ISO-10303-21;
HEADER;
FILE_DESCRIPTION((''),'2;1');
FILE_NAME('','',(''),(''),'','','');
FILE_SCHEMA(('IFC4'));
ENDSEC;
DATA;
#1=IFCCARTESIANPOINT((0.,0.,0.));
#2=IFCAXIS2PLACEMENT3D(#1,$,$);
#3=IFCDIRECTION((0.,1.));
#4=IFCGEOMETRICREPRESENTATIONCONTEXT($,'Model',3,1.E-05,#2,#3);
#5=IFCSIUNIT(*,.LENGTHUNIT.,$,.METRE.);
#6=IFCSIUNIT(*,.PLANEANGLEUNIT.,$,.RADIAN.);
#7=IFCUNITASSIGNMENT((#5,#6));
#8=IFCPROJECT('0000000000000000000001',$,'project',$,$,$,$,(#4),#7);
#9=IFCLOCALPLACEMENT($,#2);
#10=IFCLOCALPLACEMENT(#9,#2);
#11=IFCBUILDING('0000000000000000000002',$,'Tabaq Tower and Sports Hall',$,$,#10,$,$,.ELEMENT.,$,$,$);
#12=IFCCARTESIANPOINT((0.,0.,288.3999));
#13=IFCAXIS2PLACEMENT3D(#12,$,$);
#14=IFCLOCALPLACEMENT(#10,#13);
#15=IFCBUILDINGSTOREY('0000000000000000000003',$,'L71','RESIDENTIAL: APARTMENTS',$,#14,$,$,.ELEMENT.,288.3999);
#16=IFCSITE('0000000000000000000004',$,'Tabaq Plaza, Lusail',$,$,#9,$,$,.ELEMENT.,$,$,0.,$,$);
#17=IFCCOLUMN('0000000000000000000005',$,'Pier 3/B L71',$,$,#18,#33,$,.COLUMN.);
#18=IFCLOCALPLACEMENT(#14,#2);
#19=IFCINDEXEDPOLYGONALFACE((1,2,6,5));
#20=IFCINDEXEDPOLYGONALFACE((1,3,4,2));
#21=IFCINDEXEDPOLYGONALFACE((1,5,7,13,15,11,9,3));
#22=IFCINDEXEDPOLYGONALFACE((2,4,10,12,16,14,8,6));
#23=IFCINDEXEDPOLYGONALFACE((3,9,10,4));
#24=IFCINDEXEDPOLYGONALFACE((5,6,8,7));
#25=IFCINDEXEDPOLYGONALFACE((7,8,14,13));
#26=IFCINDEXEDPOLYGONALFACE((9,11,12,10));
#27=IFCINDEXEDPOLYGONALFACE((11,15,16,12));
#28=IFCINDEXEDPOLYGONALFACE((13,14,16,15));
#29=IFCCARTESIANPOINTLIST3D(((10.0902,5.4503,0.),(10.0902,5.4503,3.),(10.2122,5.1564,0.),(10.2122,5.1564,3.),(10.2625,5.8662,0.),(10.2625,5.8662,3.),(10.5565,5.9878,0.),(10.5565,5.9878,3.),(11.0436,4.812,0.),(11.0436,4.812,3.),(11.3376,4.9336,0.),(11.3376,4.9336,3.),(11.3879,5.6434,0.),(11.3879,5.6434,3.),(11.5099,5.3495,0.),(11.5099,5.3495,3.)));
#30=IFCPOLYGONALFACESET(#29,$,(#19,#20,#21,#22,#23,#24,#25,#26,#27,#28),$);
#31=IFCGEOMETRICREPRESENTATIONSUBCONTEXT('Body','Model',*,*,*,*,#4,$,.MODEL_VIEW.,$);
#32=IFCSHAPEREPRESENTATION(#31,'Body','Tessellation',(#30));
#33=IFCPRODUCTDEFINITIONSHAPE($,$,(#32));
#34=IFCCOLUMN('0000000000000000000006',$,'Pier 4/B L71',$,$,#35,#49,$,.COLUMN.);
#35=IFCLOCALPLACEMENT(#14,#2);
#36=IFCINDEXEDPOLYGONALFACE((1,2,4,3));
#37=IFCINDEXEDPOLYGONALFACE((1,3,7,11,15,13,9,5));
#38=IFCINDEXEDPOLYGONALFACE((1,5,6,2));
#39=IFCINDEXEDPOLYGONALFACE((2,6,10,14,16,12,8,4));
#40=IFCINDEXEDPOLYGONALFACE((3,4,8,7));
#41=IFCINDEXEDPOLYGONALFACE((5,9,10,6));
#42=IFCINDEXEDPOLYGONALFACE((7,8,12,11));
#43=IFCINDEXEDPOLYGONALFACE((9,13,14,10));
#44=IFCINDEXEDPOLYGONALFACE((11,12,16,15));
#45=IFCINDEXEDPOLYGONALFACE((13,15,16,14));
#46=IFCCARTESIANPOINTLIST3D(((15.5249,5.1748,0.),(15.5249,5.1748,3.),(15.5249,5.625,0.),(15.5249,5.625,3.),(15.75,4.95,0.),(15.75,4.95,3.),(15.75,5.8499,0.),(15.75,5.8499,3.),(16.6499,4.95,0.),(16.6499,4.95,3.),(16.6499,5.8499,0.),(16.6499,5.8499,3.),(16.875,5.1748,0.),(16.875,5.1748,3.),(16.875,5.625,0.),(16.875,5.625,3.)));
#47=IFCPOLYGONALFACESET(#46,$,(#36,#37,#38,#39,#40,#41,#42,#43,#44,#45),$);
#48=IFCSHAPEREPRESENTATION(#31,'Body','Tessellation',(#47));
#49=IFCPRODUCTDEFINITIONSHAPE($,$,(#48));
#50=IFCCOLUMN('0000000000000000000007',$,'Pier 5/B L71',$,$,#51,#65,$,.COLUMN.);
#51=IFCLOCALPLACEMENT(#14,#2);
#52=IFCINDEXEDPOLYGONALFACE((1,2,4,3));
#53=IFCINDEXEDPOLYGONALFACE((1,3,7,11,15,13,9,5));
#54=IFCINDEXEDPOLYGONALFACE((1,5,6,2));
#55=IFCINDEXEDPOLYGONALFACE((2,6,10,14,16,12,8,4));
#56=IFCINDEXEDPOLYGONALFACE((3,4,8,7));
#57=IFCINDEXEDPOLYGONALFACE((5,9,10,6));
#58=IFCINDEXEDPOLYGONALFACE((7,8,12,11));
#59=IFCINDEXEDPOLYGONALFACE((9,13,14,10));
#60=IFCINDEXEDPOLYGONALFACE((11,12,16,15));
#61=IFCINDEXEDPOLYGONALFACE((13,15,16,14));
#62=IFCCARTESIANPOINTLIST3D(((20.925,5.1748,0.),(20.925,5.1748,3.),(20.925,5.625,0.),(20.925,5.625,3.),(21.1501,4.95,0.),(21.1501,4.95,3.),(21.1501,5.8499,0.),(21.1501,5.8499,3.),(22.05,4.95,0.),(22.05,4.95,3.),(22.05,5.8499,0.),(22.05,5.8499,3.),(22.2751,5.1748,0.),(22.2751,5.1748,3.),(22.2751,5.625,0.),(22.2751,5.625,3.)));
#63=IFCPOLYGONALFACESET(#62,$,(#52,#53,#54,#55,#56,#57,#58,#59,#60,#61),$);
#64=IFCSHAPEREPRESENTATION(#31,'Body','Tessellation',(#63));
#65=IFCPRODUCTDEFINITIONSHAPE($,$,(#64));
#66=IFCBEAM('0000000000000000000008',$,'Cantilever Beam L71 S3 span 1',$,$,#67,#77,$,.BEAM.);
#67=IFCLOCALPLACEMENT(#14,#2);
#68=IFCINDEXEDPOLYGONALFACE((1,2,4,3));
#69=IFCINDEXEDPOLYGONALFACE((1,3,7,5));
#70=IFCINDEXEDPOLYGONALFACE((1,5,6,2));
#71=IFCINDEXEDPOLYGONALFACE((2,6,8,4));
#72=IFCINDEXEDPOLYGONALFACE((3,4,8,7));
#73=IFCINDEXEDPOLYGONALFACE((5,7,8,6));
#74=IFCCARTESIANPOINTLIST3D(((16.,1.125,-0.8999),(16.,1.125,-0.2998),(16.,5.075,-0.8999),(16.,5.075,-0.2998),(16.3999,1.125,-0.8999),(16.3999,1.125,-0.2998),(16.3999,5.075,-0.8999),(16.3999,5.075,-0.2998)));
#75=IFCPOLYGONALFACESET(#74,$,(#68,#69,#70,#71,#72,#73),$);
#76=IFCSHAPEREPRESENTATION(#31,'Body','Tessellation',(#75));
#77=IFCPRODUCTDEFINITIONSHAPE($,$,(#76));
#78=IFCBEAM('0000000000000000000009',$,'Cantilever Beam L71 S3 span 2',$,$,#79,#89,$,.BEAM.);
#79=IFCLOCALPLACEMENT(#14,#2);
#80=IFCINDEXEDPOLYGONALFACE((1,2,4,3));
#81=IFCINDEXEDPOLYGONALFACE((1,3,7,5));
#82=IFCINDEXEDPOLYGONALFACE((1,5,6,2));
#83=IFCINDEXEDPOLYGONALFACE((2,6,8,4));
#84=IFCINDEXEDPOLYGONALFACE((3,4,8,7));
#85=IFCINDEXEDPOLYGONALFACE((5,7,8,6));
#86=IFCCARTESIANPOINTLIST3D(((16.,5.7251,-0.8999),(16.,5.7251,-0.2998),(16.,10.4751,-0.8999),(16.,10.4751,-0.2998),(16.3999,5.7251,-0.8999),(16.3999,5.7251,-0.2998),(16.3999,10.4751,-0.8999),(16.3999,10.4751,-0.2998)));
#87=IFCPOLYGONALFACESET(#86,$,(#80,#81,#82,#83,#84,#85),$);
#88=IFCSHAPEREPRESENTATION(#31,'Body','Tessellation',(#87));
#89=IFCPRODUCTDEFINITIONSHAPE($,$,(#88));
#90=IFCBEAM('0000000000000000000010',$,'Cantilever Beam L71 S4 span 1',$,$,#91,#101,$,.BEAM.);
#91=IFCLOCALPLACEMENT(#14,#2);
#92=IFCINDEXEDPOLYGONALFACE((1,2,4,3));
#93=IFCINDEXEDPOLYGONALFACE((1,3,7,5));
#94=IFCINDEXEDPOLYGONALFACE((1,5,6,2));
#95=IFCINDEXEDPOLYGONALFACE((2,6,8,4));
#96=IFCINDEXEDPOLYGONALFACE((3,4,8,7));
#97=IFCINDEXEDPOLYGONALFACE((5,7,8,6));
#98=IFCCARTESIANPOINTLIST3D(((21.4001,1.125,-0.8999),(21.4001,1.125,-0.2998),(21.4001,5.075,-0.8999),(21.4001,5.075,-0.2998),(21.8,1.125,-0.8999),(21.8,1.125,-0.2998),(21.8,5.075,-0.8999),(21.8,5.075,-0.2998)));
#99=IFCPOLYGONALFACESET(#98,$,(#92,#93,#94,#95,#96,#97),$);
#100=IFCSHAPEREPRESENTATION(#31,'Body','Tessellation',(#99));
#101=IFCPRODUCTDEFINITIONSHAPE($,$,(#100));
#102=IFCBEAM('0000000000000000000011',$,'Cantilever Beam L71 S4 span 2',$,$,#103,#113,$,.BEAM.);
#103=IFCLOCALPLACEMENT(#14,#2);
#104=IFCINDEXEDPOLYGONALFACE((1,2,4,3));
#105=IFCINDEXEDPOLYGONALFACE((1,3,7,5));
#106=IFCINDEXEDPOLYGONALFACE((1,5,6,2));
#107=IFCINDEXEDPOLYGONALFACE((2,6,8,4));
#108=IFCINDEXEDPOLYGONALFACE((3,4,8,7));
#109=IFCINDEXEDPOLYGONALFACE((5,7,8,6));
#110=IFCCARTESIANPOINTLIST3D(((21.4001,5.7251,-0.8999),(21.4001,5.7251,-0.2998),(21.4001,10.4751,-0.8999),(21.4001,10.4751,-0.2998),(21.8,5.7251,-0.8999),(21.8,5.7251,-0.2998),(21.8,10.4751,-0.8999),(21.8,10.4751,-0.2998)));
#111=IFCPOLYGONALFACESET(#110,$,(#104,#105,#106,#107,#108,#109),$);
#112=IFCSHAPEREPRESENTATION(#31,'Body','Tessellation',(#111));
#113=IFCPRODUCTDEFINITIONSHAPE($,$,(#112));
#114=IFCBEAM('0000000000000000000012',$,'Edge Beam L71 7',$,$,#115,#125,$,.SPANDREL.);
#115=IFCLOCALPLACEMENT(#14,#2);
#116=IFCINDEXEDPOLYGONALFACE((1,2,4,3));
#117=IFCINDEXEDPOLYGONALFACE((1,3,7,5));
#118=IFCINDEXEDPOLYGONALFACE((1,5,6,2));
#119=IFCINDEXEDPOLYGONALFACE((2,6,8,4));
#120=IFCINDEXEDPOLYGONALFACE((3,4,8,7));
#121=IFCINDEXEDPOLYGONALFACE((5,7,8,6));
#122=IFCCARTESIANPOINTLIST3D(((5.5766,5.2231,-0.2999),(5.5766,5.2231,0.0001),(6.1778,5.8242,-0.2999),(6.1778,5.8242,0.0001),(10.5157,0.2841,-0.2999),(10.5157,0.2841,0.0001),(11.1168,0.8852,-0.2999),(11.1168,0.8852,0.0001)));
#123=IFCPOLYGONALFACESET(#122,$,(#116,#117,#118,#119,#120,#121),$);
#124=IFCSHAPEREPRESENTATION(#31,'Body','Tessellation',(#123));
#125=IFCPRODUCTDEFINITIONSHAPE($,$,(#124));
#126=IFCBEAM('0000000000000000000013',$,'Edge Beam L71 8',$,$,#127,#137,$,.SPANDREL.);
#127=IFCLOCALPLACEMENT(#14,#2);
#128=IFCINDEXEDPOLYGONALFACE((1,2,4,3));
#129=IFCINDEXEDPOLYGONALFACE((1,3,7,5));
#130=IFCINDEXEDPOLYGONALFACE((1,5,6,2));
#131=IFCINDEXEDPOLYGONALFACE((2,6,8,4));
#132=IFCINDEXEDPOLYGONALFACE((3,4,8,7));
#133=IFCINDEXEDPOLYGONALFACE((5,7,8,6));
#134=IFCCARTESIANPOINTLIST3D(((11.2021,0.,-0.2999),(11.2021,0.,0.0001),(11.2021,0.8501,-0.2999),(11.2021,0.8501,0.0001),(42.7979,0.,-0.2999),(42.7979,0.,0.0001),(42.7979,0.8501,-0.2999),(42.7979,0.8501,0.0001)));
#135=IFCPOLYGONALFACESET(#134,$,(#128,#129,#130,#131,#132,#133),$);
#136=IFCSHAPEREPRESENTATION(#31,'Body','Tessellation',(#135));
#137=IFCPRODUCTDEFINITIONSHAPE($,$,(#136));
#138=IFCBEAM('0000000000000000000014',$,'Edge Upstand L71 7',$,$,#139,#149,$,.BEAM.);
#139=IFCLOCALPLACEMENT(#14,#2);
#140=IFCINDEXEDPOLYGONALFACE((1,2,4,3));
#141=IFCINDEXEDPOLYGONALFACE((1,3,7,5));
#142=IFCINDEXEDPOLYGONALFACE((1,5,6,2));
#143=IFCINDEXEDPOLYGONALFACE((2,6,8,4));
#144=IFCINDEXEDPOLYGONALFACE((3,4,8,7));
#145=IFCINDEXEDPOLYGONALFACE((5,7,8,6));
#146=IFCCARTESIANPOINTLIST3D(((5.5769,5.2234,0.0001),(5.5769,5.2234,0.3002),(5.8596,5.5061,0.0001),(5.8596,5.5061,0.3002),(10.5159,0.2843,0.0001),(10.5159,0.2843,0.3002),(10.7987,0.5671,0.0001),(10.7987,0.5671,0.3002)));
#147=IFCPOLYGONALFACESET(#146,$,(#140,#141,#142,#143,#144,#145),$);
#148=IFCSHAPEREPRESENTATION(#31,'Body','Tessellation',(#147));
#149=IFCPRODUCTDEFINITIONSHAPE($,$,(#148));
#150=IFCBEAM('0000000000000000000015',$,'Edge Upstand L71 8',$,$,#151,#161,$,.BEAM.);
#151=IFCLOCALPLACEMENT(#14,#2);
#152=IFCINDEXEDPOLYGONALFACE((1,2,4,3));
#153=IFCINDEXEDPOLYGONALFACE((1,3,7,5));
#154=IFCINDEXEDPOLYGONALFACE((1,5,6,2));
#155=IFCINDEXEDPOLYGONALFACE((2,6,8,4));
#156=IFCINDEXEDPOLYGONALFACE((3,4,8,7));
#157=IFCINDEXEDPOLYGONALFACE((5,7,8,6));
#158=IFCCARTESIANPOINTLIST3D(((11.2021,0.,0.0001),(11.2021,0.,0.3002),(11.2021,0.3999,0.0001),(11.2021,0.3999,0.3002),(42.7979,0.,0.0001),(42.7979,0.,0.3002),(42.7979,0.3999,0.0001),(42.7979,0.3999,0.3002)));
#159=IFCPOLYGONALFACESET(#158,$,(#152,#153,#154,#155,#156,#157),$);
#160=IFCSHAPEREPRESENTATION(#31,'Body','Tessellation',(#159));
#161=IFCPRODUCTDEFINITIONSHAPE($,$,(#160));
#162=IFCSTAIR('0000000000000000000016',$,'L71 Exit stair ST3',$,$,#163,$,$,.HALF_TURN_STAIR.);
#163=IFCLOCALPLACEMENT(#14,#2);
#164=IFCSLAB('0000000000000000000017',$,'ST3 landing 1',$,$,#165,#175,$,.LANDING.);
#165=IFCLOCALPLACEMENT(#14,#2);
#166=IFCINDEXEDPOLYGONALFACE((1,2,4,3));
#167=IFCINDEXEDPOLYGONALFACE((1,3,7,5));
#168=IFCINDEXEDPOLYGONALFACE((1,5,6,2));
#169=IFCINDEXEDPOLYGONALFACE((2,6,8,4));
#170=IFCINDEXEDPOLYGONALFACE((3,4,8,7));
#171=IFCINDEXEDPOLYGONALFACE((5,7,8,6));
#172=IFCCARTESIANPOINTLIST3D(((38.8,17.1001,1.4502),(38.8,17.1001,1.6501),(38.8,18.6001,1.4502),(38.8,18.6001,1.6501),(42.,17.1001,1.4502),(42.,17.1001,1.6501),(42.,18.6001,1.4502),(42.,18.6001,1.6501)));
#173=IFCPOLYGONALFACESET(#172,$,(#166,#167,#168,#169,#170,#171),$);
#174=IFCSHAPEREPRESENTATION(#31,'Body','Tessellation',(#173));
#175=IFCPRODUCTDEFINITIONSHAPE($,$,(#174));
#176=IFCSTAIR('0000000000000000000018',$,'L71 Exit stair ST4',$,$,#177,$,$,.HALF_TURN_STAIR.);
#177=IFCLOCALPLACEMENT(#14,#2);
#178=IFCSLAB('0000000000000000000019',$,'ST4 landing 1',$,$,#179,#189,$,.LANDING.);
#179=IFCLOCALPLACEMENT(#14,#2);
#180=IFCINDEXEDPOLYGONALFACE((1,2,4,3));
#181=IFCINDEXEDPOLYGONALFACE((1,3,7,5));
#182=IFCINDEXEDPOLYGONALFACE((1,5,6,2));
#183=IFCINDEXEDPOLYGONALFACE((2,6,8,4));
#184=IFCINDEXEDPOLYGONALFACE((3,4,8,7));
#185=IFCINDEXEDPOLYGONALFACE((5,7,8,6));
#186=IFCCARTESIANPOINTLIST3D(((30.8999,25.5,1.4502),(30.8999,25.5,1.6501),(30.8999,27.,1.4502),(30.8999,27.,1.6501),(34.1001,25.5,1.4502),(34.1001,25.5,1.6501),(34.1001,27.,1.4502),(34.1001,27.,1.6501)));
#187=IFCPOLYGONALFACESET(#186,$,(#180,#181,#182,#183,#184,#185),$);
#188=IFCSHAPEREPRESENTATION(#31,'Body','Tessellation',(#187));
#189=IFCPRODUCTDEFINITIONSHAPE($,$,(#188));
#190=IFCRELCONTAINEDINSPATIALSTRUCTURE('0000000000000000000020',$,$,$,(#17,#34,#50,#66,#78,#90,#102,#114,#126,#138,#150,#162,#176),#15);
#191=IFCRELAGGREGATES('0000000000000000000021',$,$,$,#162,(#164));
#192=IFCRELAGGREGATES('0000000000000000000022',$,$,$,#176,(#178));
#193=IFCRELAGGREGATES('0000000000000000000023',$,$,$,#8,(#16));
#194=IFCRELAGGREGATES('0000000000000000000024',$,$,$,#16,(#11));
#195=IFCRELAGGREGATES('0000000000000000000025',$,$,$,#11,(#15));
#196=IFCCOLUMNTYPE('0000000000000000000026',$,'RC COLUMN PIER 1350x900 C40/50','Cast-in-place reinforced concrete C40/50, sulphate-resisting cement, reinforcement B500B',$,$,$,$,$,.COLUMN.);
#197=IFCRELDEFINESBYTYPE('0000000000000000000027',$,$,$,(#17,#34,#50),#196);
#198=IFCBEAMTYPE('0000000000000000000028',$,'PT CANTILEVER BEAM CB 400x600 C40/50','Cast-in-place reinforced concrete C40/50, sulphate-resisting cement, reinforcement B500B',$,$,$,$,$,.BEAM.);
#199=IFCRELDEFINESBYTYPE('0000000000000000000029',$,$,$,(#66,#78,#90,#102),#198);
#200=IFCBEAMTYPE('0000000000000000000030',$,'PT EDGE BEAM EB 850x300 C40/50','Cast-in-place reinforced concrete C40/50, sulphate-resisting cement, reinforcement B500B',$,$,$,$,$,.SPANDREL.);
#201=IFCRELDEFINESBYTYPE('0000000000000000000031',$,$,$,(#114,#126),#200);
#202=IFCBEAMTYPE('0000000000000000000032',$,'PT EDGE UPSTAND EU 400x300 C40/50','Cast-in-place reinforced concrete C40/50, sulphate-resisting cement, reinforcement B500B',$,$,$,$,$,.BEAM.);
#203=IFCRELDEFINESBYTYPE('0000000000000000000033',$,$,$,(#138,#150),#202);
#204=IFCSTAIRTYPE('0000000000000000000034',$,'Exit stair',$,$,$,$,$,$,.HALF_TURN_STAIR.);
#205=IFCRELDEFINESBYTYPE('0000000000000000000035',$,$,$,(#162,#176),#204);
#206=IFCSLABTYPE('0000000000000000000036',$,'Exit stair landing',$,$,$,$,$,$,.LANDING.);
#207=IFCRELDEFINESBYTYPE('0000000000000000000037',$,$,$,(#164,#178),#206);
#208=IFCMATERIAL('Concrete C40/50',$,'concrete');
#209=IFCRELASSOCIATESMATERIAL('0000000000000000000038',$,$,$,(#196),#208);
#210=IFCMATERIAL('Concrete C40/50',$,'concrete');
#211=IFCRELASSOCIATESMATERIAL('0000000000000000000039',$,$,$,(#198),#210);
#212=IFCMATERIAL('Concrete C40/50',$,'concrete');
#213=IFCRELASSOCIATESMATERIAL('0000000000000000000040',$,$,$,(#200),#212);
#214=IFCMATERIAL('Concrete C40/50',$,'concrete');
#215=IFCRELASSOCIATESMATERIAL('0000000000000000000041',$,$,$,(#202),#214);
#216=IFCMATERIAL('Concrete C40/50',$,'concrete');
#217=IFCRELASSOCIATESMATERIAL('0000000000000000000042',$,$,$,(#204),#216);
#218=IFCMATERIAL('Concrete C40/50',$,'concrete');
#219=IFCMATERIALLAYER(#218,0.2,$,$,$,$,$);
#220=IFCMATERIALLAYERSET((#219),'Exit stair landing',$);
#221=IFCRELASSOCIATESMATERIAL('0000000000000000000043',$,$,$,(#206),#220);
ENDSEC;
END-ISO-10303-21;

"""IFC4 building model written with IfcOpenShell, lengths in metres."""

from ifc_helpers import new_model, si_unit, direction, frame, origin, origin_2d, place, context, subcontext, project, spatial, polyline, rectangle, outline, extrude, material, layer, layer_set, material_profile, profile_set, type_object, element, aggregate, save


model = new_model("IFC4")

# Units and contexts
model_context = context("Model", 3, precision=1e-05, world=origin(), true_north=direction((0.0, 1.0)))
body_context = subcontext(model_context, "Body", "Model", "MODEL_VIEW")
ifc_project = project(units=[si_unit("LENGTHUNIT", "METRE"), si_unit("PLANEANGLEUNIT", "RADIAN")], contexts=[model_context])

# Site, building, storey
site_placement = place(None, origin())
site = spatial("IfcSite", under=ifc_project, at=site_placement, Name="Tabaq Plaza, Lusail", CompositionType="ELEMENT", RefElevation=0.0)
building_placement = place(site_placement, origin())
building = spatial("IfcBuilding", under=site, at=building_placement, Name="Tabaq Tower and Sports Hall", CompositionType="ELEMENT")
storey_placement = place(building_placement, frame((0.0, 0.0, 288.3999)))
storey = spatial("IfcBuildingStorey", under=building, at=storey_placement, Name="L71", Description="RESIDENTIAL: APARTMENTS", CompositionType="ELEMENT", Elevation=288.3999)

# Columns
ifc_material_1 = material(Name="Concrete C40/50", Category="concrete")
ifc_material_profile_1 = material_profile(ifc_material_1, outline(polyline([(-0.45, -0.45), (0.45, -0.45), (0.675, -0.2251), (0.675, 0.2251), (0.45, 0.45), (-0.45, 0.45), (-0.675, 0.2251), (-0.675, -0.2251), (-0.45, -0.45)])), Name="PIER 1350x900")
ifc_profile_set_1 = profile_set([ifc_material_profile_1], Name="Concrete C40/50")
column_type = type_object("IfcColumnType", Name="RC COLUMN PIER 1350x900 C40/50", Description="Cast-in-place reinforced concrete C40/50, sulphate-resisting cement, reinforcement B500B", PredefinedType="COLUMN", material=ifc_profile_set_1)
for number, where, z_axis, x_axis, name in (
    (1, (10.8, 5.3999, 0.0), (0.0, 0.0, 1.0), (-0.92388, 0.382683, 0.0), "Pier 3/B L71"),
    (2, (16.2, 5.3999, 0.0), (0.0, 0.0, 1.0), (1.0, 0.0, 0.0), "Pier 4/B L71"),
    (3, (21.6001, 5.3999, 0.0), (0.0, 0.0, 1.0), (1.0, 0.0, 0.0), "Pier 5/B L71"),
):
    element("IfcColumn", number, at=place(storey_placement, frame(where, z_axis=z_axis, x_axis=x_axis)), inside=storey, type_object=column_type, Name=name, PredefinedType="COLUMN", context=body_context, shape_type="SweptSolid", body=[
        extrude(outline(polyline([(-0.45, -0.45), (0.45, -0.45), (0.675, -0.2251), (0.675, 0.2251), (0.45, 0.45), (-0.45, 0.45), (-0.675, 0.2251), (-0.675, -0.2251), (-0.45, -0.45)])), origin(), (0.0, 0.0, 1.0), 3.0),
    ])

# Beams
ifc_material_2 = material(Name="Concrete C40/50", Category="concrete")
ifc_material_profile_2 = material_profile(ifc_material_2, rectangle(XDim=0.3999, YDim=0.6001, at=origin_2d()), Name="CB 400x600")
ifc_profile_set_2 = profile_set([ifc_material_profile_2], Name="Concrete C40/50")
beam_type_1 = type_object("IfcBeamType", Name="PT CANTILEVER BEAM CB 400x600 C40/50", Description="Cast-in-place reinforced concrete C40/50, sulphate-resisting cement, reinforcement B500B", PredefinedType="BEAM", material=ifc_profile_set_2)
beam_1_placement = place(storey_placement, frame((16.2, 1.125, -0.5999), z_axis=(0.0, 1.0, 0.0), x_axis=(-1.0, 0.0, 0.0)))
element("IfcBeam", 4, at=beam_1_placement, inside=storey, type_object=beam_type_1, Name="Cantilever Beam L71 S3 span 1", PredefinedType="BEAM", context=body_context, shape_type="SweptSolid", body=[
    extrude(rectangle(XDim=0.3999, YDim=0.6001, at=origin_2d()), origin(), (0.0, 0.0, 1.0), 3.95),
])
beam_2_placement = place(storey_placement, frame((16.2, 5.7251, -0.5999), z_axis=(0.0, 1.0, 0.0), x_axis=(-1.0, 0.0, 0.0)))
element("IfcBeam", 5, at=beam_2_placement, inside=storey, type_object=beam_type_1, Name="Cantilever Beam L71 S3 span 2", PredefinedType="BEAM", context=body_context, shape_type="SweptSolid", body=[
    extrude(rectangle(XDim=0.3999, YDim=0.6001, at=origin_2d()), origin(), (0.0, 0.0, 1.0), 4.75),
])
beam_3_placement = place(storey_placement, frame((21.6001, 1.125, -0.5999), z_axis=(0.0, 1.0, 0.0), x_axis=(-1.0, 0.0, 0.0)))
element("IfcBeam", 6, at=beam_3_placement, inside=storey, type_object=beam_type_1, Name="Cantilever Beam L71 S4 span 1", PredefinedType="BEAM", context=body_context, shape_type="SweptSolid", body=[
    extrude(rectangle(XDim=0.3999, YDim=0.6001, at=origin_2d()), origin(), (0.0, 0.0, 1.0), 3.95),
])
beam_4_placement = place(storey_placement, frame((21.6001, 5.7251, -0.5999), z_axis=(0.0, 1.0, 0.0), x_axis=(-1.0, 0.0, 0.0)))
element("IfcBeam", 7, at=beam_4_placement, inside=storey, type_object=beam_type_1, Name="Cantilever Beam L71 S4 span 2", PredefinedType="BEAM", context=body_context, shape_type="SweptSolid", body=[
    extrude(rectangle(XDim=0.3999, YDim=0.6001, at=origin_2d()), origin(), (0.0, 0.0, 1.0), 4.75),
])
ifc_material_3 = material(Name="Concrete C40/50", Category="concrete")
ifc_material_profile_3 = material_profile(ifc_material_3, rectangle(XDim=0.8501, YDim=0.3, at=origin_2d()), Name="EB 850x300")
ifc_profile_set_3 = profile_set([ifc_material_profile_3], Name="Concrete C40/50")
beam_type_2 = type_object("IfcBeamType", Name="PT EDGE BEAM EB 850x300 C40/50", Description="Cast-in-place reinforced concrete C40/50, sulphate-resisting cement, reinforcement B500B", PredefinedType="SPANDREL", material=ifc_profile_set_3)
beam_5_placement = place(storey_placement, frame((5.8772, 5.5237, -0.1499), z_axis=(0.707107, -0.707107, 0.0), x_axis=(0.707107, 0.707107, 0.0)))
element("IfcBeam", 8, at=beam_5_placement, inside=storey, type_object=beam_type_2, Name="Edge Beam L71 7", PredefinedType="SPANDREL", context=body_context, shape_type="SweptSolid", body=[
    extrude(rectangle(XDim=0.8501, YDim=0.3, at=origin_2d()), origin(), (0.0, 0.0, 1.0), 6.9849),
])
beam_6_placement = place(storey_placement, frame((11.2021, 0.425, -0.1499), z_axis=(1.0, 0.0, 0.0), x_axis=(0.0, 1.0, 0.0)))
element("IfcBeam", 9, at=beam_6_placement, inside=storey, type_object=beam_type_2, Name="Edge Beam L71 8", PredefinedType="SPANDREL", context=body_context, shape_type="SweptSolid", body=[
    extrude(rectangle(XDim=0.8501, YDim=0.3, at=origin_2d()), origin(), (0.0, 0.0, 1.0), 31.5957),
])
ifc_material_4 = material(Name="Concrete C40/50", Category="concrete")
ifc_material_profile_4 = material_profile(ifc_material_4, rectangle(XDim=0.3999, YDim=0.3, at=origin_2d()), Name="EU 400x300")
ifc_profile_set_4 = profile_set([ifc_material_profile_4], Name="Concrete C40/50")
beam_type_3 = type_object("IfcBeamType", Name="PT EDGE UPSTAND EU 400x300 C40/50", Description="Cast-in-place reinforced concrete C40/50, sulphate-resisting cement, reinforcement B500B", PredefinedType="BEAM", material=ifc_profile_set_4)
beam_7_placement = place(storey_placement, frame((5.7183, 5.3647, 0.1501), z_axis=(0.707107, -0.707107, 0.0), x_axis=(0.707107, 0.707107, 0.0)))
element("IfcBeam", 10, at=beam_7_placement, inside=storey, type_object=beam_type_3, Name="Edge Upstand L71 7", PredefinedType="BEAM", context=body_context, shape_type="SweptSolid", body=[
    extrude(rectangle(XDim=0.3999, YDim=0.3, at=origin_2d()), origin(), (0.0, 0.0, 1.0), 6.9849),
])
beam_8_placement = place(storey_placement, frame((11.2021, 0.2, 0.1501), z_axis=(1.0, 0.0, 0.0), x_axis=(0.0, 1.0, 0.0)))
element("IfcBeam", 11, at=beam_8_placement, inside=storey, type_object=beam_type_3, Name="Edge Upstand L71 8", PredefinedType="BEAM", context=body_context, shape_type="SweptSolid", body=[
    extrude(rectangle(XDim=0.3999, YDim=0.3, at=origin_2d()), origin(), (0.0, 0.0, 1.0), 31.5957),
])

# Stairs, slabs
ifc_material_5 = material(Name="Concrete C40/50", Category="concrete")
stair_type = type_object("IfcStairType", Name="Exit stair", PredefinedType="HALF_TURN_STAIR", material=ifc_material_5)
stair_1_placement = place(storey_placement, origin())
stair_1 = element("IfcStair", 12, at=stair_1_placement, inside=storey, type_object=stair_type, Name="L71 Exit stair ST3", PredefinedType="HALF_TURN_STAIR")
ifc_material_6 = material(Name="Concrete C40/50", Category="concrete")
ifc_layer_1 = layer(ifc_material_6, 0.2)
ifc_layer_set_1 = layer_set([ifc_layer_1], Name="Exit stair landing")
slab_type = type_object("IfcSlabType", Name="Exit stair landing", PredefinedType="LANDING", material=ifc_layer_set_1)
slab_1_placement = place(storey_placement, frame((0.0, 0.0, 1.4502)))
slab_1 = element("IfcSlab", 13, at=slab_1_placement, type_object=slab_type, Name="ST3 landing 1", PredefinedType="LANDING", context=body_context, shape_type="SweptSolid", body=[
    extrude(outline(polyline([(38.8, 18.6001), (38.8, 17.1001), (42.0, 17.1001), (42.0, 18.6001), (38.8, 18.6001)])), origin(), (0.0, 0.0, 1.0), 0.2),
])
aggregate(stair_1, [slab_1])
stair_2_placement = place(storey_placement, origin())
stair_2 = element("IfcStair", 14, at=stair_2_placement, inside=storey, type_object=stair_type, Name="L71 Exit stair ST4", PredefinedType="HALF_TURN_STAIR")
slab_2_placement = place(storey_placement, frame((0.0, 0.0, 1.4502)))
slab_2 = element("IfcSlab", 15, at=slab_2_placement, type_object=slab_type, Name="ST4 landing 1", PredefinedType="LANDING", context=body_context, shape_type="SweptSolid", body=[
    extrude(outline(polyline([(30.8999, 27.0), (30.8999, 25.5), (34.1001, 25.5), (34.1001, 27.0), (30.8999, 27.0)])), origin(), (0.0, 0.0, 1.0), 0.2),
])
aggregate(stair_2, [slab_2])

save(model, "model.ifc")
